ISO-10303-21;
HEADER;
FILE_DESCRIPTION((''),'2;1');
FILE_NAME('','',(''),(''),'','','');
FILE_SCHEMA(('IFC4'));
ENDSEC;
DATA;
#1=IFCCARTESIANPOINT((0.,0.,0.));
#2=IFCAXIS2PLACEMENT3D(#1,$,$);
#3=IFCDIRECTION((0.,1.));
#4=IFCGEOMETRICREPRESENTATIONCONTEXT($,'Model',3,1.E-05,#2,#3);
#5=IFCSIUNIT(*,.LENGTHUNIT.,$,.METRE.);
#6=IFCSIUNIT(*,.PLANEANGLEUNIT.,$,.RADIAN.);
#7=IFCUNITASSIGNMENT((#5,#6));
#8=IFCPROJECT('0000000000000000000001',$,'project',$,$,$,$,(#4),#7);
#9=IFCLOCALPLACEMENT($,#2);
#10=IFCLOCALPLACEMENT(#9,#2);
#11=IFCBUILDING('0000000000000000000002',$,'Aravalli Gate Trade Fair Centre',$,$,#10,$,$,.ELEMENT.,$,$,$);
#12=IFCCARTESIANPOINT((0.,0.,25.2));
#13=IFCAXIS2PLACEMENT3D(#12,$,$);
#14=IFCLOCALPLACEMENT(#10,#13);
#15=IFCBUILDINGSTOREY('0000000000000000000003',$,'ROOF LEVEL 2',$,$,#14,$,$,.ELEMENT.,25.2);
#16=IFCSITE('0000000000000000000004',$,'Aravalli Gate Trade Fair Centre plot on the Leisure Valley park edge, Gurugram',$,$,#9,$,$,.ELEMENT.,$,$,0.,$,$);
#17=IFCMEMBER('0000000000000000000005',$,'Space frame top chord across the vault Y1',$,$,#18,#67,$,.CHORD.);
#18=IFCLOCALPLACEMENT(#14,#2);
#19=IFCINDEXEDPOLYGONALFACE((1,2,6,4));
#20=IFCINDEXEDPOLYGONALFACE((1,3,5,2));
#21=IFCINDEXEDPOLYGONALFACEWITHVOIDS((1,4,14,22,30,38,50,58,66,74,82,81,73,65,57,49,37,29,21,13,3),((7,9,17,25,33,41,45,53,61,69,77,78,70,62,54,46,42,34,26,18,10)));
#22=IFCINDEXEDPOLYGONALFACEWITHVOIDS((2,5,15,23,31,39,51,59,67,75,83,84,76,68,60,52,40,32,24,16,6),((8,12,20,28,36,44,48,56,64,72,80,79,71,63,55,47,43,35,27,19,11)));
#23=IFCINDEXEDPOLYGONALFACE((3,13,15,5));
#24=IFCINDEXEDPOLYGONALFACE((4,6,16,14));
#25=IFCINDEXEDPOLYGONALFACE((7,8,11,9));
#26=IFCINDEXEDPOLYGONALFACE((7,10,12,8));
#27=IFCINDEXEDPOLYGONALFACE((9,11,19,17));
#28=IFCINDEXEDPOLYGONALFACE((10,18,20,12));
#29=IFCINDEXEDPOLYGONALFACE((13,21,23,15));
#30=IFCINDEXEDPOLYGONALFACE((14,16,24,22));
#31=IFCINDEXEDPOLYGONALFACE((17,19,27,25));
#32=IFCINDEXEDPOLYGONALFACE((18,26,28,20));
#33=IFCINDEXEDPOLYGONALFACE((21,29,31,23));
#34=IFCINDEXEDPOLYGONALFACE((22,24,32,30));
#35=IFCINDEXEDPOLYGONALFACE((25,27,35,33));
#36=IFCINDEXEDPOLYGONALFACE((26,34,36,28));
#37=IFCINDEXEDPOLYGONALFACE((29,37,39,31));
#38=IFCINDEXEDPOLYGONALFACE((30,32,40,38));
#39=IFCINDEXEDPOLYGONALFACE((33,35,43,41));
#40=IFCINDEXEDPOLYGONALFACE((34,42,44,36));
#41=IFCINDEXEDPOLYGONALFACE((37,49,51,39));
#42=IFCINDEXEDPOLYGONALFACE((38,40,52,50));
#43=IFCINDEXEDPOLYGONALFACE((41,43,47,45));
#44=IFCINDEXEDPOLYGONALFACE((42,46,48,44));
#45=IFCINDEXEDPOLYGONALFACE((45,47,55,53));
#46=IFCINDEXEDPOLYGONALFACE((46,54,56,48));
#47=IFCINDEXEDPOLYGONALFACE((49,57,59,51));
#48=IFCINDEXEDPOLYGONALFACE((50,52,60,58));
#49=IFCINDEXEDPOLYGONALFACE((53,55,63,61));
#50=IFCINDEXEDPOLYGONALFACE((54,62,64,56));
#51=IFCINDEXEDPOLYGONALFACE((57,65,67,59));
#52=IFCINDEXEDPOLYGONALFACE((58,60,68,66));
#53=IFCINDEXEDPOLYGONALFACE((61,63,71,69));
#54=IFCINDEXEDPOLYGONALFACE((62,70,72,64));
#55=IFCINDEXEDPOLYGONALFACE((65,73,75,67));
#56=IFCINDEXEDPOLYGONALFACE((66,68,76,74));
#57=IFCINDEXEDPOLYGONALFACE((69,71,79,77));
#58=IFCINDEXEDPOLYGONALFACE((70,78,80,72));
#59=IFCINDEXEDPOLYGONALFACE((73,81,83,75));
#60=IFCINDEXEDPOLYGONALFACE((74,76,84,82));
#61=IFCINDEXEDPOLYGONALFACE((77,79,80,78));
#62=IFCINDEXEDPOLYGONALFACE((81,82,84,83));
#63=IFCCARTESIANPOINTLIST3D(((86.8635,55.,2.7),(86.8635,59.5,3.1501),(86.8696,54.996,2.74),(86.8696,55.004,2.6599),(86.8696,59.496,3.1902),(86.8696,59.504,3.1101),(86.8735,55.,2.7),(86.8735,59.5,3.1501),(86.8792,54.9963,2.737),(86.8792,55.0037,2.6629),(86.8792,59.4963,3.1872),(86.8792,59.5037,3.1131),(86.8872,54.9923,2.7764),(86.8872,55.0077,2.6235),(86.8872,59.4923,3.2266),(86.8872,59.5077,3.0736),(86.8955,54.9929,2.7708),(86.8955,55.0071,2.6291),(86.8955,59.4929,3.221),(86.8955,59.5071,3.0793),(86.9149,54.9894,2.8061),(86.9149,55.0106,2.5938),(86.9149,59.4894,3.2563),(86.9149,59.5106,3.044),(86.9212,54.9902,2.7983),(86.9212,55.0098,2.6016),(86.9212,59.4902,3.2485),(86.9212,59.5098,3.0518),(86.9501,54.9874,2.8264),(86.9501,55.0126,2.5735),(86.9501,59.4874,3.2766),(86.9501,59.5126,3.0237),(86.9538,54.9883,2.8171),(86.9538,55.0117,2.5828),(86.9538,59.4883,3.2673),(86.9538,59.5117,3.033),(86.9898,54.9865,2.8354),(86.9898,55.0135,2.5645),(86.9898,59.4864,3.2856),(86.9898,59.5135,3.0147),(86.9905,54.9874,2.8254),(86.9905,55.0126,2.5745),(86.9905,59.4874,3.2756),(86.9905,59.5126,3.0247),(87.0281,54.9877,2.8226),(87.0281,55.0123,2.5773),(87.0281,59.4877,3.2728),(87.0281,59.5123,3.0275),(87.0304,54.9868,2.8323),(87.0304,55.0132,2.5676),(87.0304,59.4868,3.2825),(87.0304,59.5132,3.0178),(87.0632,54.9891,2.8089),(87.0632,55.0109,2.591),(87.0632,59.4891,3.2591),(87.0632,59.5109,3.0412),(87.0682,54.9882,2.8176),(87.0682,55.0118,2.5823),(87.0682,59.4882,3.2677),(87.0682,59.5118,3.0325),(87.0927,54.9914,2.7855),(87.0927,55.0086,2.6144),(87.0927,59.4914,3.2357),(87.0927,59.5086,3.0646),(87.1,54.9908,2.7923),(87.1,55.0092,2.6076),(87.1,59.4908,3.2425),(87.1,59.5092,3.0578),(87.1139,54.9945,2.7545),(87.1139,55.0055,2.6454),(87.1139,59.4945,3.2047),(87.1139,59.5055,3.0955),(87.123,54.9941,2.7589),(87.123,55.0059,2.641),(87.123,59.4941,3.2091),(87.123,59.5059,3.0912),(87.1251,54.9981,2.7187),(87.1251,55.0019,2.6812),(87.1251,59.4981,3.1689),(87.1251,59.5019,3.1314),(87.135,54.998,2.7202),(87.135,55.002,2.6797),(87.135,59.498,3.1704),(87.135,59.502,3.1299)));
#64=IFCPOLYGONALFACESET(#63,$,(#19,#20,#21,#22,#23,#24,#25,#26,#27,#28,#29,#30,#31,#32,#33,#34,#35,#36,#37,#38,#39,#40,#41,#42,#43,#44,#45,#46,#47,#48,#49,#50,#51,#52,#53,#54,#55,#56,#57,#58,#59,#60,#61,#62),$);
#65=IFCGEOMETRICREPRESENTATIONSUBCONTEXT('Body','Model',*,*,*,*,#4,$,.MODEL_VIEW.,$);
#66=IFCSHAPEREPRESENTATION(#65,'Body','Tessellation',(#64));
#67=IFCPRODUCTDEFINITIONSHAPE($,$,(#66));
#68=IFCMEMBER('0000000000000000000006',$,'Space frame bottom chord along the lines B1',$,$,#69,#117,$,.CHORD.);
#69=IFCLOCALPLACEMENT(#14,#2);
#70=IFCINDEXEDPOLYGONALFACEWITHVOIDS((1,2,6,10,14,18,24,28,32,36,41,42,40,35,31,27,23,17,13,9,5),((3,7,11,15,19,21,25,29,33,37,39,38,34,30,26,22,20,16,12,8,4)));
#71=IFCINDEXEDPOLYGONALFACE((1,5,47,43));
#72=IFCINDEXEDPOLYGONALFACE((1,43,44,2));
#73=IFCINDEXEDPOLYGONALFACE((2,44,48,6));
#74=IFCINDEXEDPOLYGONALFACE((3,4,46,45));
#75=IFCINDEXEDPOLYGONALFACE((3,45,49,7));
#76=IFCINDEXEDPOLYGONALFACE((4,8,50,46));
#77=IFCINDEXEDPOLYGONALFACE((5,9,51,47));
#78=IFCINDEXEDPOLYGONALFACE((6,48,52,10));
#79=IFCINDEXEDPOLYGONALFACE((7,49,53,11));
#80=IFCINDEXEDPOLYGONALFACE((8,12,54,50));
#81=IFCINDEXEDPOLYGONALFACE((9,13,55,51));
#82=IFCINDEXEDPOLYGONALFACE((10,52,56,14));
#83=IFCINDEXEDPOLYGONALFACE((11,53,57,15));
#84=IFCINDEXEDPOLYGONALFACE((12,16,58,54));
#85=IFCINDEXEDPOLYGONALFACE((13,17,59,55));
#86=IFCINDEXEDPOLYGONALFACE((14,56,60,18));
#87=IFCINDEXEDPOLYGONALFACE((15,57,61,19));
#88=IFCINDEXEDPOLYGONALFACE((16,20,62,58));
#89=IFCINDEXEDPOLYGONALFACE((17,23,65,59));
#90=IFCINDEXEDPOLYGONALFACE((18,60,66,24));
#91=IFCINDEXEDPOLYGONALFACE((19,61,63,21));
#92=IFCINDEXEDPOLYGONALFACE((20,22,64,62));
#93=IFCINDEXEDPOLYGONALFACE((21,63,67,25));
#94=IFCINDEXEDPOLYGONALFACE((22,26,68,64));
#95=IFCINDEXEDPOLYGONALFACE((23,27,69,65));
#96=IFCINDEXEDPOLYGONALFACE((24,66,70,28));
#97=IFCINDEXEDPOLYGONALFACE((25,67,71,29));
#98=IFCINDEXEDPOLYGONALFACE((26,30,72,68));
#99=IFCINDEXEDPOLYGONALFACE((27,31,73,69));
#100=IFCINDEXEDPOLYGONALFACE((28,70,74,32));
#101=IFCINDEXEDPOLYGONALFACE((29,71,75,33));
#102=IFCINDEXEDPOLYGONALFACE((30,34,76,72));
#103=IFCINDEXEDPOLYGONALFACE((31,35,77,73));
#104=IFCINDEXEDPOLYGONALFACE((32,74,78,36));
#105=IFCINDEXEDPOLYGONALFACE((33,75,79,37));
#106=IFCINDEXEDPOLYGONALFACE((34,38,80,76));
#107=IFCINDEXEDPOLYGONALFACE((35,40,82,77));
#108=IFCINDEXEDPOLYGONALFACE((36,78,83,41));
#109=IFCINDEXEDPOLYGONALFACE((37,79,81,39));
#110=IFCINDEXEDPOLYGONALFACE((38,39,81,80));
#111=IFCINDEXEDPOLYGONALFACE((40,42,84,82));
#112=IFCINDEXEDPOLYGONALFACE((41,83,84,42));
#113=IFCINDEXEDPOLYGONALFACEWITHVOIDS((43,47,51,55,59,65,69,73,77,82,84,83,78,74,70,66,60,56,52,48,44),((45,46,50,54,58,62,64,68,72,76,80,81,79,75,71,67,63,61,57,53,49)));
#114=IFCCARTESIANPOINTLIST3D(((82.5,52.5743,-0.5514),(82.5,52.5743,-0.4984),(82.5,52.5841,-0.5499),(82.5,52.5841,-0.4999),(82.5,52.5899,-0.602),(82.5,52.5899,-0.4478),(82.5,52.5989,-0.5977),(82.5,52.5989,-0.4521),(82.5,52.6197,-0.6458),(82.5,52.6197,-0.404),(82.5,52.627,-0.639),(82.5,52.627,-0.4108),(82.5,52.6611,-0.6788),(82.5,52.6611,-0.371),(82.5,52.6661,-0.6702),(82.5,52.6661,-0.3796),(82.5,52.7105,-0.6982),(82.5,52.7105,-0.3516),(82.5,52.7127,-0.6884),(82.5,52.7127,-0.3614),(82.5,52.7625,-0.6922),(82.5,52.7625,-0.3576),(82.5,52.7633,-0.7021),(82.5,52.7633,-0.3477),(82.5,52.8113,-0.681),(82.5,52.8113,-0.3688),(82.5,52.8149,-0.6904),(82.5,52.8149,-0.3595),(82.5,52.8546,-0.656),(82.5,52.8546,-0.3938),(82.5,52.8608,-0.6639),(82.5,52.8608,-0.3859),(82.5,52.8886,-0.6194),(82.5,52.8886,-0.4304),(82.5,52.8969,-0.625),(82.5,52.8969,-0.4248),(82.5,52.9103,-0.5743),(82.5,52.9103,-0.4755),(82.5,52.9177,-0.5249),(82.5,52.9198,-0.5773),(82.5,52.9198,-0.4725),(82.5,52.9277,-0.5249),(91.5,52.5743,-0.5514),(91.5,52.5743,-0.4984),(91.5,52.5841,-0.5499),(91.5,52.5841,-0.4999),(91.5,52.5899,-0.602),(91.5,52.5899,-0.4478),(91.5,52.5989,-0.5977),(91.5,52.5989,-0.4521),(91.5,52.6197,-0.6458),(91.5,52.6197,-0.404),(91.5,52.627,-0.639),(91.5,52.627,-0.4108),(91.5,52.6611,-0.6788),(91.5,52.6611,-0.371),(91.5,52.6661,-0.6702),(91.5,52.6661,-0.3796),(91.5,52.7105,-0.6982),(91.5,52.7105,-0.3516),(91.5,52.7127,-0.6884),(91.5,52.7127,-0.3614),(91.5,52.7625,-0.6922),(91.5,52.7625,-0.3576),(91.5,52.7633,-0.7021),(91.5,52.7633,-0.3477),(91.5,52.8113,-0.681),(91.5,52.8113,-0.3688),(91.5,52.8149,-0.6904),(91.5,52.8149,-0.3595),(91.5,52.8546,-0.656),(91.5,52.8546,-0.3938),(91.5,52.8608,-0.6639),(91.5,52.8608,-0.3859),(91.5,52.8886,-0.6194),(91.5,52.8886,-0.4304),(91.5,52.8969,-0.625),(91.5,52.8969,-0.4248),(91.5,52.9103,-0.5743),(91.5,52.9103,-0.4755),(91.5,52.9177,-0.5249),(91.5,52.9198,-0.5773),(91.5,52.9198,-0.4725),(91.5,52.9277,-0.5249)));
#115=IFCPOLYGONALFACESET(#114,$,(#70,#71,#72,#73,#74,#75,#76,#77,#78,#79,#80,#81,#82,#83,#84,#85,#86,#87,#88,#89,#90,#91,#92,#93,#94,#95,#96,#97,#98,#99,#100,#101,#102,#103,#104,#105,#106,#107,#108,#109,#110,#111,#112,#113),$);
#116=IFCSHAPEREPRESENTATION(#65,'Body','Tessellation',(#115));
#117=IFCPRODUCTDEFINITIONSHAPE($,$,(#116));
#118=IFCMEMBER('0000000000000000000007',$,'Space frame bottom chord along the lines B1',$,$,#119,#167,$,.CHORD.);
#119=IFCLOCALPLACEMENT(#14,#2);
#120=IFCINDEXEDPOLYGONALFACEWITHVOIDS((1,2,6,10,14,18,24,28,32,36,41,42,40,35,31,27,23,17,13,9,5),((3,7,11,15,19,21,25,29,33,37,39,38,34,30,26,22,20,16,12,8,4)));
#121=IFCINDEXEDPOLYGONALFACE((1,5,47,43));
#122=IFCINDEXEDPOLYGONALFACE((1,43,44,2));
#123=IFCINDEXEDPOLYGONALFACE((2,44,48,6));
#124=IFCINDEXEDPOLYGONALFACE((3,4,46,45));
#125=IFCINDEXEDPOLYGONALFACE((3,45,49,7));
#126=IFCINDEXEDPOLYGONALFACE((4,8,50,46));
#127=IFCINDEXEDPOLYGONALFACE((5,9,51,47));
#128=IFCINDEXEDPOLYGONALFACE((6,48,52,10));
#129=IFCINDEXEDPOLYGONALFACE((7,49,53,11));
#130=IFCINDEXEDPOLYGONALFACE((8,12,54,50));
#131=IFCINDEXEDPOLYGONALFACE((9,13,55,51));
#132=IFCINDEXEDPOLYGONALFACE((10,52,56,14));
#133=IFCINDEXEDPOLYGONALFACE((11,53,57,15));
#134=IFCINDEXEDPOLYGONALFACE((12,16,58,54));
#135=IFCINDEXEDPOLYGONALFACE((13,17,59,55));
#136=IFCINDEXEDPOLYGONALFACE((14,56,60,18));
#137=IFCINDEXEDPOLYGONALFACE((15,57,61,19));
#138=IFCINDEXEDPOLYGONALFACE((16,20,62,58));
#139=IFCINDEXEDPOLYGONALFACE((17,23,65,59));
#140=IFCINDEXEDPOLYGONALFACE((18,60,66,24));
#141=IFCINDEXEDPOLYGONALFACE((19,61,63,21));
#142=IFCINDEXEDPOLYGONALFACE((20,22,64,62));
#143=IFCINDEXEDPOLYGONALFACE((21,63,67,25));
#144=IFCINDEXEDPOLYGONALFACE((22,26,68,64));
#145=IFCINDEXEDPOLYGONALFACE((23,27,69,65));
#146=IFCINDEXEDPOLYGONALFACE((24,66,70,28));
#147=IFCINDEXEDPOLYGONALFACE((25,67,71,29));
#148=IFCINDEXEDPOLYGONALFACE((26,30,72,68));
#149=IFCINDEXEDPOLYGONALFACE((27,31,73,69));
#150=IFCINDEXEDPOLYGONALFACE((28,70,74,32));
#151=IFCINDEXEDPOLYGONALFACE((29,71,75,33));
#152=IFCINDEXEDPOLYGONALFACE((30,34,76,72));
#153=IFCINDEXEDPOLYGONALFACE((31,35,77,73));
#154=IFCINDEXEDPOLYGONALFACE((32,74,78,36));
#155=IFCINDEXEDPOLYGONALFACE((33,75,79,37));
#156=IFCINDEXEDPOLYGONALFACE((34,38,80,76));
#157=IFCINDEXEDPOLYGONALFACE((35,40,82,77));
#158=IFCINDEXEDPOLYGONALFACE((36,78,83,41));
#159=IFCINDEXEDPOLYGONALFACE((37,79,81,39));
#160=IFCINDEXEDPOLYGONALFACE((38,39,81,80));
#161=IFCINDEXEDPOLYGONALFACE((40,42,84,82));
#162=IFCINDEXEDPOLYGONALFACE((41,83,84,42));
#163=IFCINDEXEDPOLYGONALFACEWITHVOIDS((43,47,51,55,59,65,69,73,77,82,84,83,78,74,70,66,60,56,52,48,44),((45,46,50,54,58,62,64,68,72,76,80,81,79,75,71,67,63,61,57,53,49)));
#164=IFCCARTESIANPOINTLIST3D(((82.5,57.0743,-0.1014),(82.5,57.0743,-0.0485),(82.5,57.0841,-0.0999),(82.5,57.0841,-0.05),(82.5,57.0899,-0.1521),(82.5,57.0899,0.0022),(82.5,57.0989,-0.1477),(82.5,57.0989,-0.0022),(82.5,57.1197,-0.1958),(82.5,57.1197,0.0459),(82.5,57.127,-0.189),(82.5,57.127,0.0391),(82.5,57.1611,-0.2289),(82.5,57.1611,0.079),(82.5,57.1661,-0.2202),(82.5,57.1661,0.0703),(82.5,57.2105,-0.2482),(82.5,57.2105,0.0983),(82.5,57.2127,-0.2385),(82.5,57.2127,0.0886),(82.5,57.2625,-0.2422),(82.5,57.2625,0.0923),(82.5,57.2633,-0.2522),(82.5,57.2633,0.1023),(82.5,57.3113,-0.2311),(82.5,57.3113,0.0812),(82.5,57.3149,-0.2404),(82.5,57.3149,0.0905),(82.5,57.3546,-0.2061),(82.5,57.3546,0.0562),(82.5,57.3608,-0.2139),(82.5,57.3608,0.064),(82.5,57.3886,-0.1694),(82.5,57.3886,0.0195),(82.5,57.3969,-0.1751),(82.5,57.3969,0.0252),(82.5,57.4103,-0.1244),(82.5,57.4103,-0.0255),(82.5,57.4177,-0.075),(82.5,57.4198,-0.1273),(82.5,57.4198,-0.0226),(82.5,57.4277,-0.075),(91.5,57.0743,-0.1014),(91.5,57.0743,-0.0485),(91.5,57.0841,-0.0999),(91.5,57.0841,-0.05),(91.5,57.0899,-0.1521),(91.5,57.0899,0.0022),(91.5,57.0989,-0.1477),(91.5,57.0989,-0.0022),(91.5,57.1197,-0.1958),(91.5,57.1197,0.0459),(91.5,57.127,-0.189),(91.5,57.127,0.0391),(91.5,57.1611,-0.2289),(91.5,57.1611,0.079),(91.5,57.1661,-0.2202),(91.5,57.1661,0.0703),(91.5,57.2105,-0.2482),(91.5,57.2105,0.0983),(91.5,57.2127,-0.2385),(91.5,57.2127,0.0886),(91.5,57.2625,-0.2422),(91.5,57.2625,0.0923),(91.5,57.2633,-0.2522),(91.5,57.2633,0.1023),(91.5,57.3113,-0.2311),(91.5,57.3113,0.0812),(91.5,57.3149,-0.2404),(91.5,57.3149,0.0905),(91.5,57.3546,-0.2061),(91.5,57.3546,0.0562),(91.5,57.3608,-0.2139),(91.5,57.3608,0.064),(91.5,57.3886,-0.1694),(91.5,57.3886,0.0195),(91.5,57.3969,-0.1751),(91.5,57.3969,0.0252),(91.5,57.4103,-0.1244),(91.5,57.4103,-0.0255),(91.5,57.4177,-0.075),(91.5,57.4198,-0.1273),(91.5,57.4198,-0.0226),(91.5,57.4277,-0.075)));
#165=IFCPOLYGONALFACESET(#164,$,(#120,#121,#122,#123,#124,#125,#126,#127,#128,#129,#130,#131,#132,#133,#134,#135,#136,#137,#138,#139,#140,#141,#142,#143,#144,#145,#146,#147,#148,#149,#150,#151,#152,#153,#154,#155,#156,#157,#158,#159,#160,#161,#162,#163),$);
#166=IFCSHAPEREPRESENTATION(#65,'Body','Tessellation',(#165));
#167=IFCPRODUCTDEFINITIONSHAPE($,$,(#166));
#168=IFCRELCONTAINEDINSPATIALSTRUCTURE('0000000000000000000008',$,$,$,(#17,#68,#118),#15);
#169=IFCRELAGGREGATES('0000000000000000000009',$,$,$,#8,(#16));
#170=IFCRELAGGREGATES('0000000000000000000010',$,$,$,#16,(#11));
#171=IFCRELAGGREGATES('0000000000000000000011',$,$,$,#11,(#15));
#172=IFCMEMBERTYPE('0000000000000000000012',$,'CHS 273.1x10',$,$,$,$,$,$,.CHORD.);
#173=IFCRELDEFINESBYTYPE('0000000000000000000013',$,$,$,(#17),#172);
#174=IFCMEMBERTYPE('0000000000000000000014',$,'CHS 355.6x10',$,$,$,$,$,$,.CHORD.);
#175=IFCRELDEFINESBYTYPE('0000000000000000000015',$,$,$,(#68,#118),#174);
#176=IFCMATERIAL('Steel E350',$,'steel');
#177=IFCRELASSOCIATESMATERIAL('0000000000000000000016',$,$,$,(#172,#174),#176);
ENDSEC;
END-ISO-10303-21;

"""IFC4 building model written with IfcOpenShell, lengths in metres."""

from ifc_helpers import new_model, si_unit, direction, frame, origin, origin_2d, place, context, subcontext, project, spatial, hollow_circle, extrude, material, material_profile, profile_set, type_object, element, save


model = new_model("IFC4")

# Units and contexts
model_context = context("Model", 3, precision=1e-05, world=origin(), true_north=direction((0.0, 1.0)))
body_context = subcontext(model_context, "Body", "Model", "MODEL_VIEW")
ifc_project = project(units=[si_unit("LENGTHUNIT", "METRE"), si_unit("PLANEANGLEUNIT", "RADIAN")], contexts=[model_context])

# Site, building, storey
site_placement = place(None, origin())
site = spatial("IfcSite", under=ifc_project, at=site_placement, Name="Aravalli Gate Trade Fair Centre plot on the Leisure Valley park edge, Gurugram", CompositionType="ELEMENT", RefElevation=0.0)
building_placement = place(site_placement, origin())
building = spatial("IfcBuilding", under=site, at=building_placement, Name="Aravalli Gate Trade Fair Centre", CompositionType="ELEMENT")
storey_placement = place(building_placement, frame((0.0, 0.0, 25.2)))
storey = spatial("IfcBuildingStorey", under=building, at=storey_placement, Name="ROOF LEVEL 2", CompositionType="ELEMENT", Elevation=25.2)

# Members
ifc_material = material(Name="Steel E350", Category="steel")
ifc_material_profile_1 = material_profile(ifc_material, hollow_circle(Radius=0.1365, WallThickness=0.01, at=origin_2d()), Name="CHS 273.1x10")
ifc_profile_set_1 = profile_set([ifc_material_profile_1], Name="Steel E350")
member_type_1 = type_object("IfcMemberType", Name="CHS 273.1x10", PredefinedType="CHORD", material=ifc_profile_set_1)
member_1_placement = place(storey_placement, frame((87.0, 55.0, 2.7), z_axis=(0.0, 0.995033, 0.099546), x_axis=(-1.0, 0.0, 0.0)))
element("IfcMember", 1, at=member_1_placement, inside=storey, type_object=member_type_1, Name="Space frame top chord across the vault Y1", PredefinedType="CHORD", context=body_context, shape_type="SweptSolid", body=[
    extrude(hollow_circle(Radius=0.1365, WallThickness=0.01, at=origin_2d()), origin(), (0.0, 0.0, 1.0), 4.5225),
])
ifc_material_profile_2 = material_profile(ifc_material, hollow_circle(Radius=0.1777, WallThickness=0.01, at=origin_2d()), Name="CHS 355.6x10")
ifc_profile_set_2 = profile_set([ifc_material_profile_2], Name="Steel E350")
member_type_2 = type_object("IfcMemberType", Name="CHS 355.6x10", PredefinedType="CHORD", material=ifc_profile_set_2)
for number, where, z_axis, x_axis, name in (
    (2, (82.5, 52.75, -0.5249), (1.0, 0.0, 0.0), (0.0, 1.0, 0.0), "Space frame bottom chord along the lines B1"),
    (3, (82.5, 57.25, -0.075), (1.0, 0.0, 0.0), (0.0, 1.0, 0.0), "Space frame bottom chord along the lines B1"),
):
    element("IfcMember", number, at=place(storey_placement, frame(where, z_axis=z_axis, x_axis=x_axis)), inside=storey, type_object=member_type_2, Name=name, PredefinedType="CHORD", context=body_context, shape_type="SweptSolid", body=[
        extrude(hollow_circle(Radius=0.1777, WallThickness=0.01, at=origin_2d()), origin(), (0.0, 0.0, 1.0), 9.0),
    ])

save(model, "model.ifc")
